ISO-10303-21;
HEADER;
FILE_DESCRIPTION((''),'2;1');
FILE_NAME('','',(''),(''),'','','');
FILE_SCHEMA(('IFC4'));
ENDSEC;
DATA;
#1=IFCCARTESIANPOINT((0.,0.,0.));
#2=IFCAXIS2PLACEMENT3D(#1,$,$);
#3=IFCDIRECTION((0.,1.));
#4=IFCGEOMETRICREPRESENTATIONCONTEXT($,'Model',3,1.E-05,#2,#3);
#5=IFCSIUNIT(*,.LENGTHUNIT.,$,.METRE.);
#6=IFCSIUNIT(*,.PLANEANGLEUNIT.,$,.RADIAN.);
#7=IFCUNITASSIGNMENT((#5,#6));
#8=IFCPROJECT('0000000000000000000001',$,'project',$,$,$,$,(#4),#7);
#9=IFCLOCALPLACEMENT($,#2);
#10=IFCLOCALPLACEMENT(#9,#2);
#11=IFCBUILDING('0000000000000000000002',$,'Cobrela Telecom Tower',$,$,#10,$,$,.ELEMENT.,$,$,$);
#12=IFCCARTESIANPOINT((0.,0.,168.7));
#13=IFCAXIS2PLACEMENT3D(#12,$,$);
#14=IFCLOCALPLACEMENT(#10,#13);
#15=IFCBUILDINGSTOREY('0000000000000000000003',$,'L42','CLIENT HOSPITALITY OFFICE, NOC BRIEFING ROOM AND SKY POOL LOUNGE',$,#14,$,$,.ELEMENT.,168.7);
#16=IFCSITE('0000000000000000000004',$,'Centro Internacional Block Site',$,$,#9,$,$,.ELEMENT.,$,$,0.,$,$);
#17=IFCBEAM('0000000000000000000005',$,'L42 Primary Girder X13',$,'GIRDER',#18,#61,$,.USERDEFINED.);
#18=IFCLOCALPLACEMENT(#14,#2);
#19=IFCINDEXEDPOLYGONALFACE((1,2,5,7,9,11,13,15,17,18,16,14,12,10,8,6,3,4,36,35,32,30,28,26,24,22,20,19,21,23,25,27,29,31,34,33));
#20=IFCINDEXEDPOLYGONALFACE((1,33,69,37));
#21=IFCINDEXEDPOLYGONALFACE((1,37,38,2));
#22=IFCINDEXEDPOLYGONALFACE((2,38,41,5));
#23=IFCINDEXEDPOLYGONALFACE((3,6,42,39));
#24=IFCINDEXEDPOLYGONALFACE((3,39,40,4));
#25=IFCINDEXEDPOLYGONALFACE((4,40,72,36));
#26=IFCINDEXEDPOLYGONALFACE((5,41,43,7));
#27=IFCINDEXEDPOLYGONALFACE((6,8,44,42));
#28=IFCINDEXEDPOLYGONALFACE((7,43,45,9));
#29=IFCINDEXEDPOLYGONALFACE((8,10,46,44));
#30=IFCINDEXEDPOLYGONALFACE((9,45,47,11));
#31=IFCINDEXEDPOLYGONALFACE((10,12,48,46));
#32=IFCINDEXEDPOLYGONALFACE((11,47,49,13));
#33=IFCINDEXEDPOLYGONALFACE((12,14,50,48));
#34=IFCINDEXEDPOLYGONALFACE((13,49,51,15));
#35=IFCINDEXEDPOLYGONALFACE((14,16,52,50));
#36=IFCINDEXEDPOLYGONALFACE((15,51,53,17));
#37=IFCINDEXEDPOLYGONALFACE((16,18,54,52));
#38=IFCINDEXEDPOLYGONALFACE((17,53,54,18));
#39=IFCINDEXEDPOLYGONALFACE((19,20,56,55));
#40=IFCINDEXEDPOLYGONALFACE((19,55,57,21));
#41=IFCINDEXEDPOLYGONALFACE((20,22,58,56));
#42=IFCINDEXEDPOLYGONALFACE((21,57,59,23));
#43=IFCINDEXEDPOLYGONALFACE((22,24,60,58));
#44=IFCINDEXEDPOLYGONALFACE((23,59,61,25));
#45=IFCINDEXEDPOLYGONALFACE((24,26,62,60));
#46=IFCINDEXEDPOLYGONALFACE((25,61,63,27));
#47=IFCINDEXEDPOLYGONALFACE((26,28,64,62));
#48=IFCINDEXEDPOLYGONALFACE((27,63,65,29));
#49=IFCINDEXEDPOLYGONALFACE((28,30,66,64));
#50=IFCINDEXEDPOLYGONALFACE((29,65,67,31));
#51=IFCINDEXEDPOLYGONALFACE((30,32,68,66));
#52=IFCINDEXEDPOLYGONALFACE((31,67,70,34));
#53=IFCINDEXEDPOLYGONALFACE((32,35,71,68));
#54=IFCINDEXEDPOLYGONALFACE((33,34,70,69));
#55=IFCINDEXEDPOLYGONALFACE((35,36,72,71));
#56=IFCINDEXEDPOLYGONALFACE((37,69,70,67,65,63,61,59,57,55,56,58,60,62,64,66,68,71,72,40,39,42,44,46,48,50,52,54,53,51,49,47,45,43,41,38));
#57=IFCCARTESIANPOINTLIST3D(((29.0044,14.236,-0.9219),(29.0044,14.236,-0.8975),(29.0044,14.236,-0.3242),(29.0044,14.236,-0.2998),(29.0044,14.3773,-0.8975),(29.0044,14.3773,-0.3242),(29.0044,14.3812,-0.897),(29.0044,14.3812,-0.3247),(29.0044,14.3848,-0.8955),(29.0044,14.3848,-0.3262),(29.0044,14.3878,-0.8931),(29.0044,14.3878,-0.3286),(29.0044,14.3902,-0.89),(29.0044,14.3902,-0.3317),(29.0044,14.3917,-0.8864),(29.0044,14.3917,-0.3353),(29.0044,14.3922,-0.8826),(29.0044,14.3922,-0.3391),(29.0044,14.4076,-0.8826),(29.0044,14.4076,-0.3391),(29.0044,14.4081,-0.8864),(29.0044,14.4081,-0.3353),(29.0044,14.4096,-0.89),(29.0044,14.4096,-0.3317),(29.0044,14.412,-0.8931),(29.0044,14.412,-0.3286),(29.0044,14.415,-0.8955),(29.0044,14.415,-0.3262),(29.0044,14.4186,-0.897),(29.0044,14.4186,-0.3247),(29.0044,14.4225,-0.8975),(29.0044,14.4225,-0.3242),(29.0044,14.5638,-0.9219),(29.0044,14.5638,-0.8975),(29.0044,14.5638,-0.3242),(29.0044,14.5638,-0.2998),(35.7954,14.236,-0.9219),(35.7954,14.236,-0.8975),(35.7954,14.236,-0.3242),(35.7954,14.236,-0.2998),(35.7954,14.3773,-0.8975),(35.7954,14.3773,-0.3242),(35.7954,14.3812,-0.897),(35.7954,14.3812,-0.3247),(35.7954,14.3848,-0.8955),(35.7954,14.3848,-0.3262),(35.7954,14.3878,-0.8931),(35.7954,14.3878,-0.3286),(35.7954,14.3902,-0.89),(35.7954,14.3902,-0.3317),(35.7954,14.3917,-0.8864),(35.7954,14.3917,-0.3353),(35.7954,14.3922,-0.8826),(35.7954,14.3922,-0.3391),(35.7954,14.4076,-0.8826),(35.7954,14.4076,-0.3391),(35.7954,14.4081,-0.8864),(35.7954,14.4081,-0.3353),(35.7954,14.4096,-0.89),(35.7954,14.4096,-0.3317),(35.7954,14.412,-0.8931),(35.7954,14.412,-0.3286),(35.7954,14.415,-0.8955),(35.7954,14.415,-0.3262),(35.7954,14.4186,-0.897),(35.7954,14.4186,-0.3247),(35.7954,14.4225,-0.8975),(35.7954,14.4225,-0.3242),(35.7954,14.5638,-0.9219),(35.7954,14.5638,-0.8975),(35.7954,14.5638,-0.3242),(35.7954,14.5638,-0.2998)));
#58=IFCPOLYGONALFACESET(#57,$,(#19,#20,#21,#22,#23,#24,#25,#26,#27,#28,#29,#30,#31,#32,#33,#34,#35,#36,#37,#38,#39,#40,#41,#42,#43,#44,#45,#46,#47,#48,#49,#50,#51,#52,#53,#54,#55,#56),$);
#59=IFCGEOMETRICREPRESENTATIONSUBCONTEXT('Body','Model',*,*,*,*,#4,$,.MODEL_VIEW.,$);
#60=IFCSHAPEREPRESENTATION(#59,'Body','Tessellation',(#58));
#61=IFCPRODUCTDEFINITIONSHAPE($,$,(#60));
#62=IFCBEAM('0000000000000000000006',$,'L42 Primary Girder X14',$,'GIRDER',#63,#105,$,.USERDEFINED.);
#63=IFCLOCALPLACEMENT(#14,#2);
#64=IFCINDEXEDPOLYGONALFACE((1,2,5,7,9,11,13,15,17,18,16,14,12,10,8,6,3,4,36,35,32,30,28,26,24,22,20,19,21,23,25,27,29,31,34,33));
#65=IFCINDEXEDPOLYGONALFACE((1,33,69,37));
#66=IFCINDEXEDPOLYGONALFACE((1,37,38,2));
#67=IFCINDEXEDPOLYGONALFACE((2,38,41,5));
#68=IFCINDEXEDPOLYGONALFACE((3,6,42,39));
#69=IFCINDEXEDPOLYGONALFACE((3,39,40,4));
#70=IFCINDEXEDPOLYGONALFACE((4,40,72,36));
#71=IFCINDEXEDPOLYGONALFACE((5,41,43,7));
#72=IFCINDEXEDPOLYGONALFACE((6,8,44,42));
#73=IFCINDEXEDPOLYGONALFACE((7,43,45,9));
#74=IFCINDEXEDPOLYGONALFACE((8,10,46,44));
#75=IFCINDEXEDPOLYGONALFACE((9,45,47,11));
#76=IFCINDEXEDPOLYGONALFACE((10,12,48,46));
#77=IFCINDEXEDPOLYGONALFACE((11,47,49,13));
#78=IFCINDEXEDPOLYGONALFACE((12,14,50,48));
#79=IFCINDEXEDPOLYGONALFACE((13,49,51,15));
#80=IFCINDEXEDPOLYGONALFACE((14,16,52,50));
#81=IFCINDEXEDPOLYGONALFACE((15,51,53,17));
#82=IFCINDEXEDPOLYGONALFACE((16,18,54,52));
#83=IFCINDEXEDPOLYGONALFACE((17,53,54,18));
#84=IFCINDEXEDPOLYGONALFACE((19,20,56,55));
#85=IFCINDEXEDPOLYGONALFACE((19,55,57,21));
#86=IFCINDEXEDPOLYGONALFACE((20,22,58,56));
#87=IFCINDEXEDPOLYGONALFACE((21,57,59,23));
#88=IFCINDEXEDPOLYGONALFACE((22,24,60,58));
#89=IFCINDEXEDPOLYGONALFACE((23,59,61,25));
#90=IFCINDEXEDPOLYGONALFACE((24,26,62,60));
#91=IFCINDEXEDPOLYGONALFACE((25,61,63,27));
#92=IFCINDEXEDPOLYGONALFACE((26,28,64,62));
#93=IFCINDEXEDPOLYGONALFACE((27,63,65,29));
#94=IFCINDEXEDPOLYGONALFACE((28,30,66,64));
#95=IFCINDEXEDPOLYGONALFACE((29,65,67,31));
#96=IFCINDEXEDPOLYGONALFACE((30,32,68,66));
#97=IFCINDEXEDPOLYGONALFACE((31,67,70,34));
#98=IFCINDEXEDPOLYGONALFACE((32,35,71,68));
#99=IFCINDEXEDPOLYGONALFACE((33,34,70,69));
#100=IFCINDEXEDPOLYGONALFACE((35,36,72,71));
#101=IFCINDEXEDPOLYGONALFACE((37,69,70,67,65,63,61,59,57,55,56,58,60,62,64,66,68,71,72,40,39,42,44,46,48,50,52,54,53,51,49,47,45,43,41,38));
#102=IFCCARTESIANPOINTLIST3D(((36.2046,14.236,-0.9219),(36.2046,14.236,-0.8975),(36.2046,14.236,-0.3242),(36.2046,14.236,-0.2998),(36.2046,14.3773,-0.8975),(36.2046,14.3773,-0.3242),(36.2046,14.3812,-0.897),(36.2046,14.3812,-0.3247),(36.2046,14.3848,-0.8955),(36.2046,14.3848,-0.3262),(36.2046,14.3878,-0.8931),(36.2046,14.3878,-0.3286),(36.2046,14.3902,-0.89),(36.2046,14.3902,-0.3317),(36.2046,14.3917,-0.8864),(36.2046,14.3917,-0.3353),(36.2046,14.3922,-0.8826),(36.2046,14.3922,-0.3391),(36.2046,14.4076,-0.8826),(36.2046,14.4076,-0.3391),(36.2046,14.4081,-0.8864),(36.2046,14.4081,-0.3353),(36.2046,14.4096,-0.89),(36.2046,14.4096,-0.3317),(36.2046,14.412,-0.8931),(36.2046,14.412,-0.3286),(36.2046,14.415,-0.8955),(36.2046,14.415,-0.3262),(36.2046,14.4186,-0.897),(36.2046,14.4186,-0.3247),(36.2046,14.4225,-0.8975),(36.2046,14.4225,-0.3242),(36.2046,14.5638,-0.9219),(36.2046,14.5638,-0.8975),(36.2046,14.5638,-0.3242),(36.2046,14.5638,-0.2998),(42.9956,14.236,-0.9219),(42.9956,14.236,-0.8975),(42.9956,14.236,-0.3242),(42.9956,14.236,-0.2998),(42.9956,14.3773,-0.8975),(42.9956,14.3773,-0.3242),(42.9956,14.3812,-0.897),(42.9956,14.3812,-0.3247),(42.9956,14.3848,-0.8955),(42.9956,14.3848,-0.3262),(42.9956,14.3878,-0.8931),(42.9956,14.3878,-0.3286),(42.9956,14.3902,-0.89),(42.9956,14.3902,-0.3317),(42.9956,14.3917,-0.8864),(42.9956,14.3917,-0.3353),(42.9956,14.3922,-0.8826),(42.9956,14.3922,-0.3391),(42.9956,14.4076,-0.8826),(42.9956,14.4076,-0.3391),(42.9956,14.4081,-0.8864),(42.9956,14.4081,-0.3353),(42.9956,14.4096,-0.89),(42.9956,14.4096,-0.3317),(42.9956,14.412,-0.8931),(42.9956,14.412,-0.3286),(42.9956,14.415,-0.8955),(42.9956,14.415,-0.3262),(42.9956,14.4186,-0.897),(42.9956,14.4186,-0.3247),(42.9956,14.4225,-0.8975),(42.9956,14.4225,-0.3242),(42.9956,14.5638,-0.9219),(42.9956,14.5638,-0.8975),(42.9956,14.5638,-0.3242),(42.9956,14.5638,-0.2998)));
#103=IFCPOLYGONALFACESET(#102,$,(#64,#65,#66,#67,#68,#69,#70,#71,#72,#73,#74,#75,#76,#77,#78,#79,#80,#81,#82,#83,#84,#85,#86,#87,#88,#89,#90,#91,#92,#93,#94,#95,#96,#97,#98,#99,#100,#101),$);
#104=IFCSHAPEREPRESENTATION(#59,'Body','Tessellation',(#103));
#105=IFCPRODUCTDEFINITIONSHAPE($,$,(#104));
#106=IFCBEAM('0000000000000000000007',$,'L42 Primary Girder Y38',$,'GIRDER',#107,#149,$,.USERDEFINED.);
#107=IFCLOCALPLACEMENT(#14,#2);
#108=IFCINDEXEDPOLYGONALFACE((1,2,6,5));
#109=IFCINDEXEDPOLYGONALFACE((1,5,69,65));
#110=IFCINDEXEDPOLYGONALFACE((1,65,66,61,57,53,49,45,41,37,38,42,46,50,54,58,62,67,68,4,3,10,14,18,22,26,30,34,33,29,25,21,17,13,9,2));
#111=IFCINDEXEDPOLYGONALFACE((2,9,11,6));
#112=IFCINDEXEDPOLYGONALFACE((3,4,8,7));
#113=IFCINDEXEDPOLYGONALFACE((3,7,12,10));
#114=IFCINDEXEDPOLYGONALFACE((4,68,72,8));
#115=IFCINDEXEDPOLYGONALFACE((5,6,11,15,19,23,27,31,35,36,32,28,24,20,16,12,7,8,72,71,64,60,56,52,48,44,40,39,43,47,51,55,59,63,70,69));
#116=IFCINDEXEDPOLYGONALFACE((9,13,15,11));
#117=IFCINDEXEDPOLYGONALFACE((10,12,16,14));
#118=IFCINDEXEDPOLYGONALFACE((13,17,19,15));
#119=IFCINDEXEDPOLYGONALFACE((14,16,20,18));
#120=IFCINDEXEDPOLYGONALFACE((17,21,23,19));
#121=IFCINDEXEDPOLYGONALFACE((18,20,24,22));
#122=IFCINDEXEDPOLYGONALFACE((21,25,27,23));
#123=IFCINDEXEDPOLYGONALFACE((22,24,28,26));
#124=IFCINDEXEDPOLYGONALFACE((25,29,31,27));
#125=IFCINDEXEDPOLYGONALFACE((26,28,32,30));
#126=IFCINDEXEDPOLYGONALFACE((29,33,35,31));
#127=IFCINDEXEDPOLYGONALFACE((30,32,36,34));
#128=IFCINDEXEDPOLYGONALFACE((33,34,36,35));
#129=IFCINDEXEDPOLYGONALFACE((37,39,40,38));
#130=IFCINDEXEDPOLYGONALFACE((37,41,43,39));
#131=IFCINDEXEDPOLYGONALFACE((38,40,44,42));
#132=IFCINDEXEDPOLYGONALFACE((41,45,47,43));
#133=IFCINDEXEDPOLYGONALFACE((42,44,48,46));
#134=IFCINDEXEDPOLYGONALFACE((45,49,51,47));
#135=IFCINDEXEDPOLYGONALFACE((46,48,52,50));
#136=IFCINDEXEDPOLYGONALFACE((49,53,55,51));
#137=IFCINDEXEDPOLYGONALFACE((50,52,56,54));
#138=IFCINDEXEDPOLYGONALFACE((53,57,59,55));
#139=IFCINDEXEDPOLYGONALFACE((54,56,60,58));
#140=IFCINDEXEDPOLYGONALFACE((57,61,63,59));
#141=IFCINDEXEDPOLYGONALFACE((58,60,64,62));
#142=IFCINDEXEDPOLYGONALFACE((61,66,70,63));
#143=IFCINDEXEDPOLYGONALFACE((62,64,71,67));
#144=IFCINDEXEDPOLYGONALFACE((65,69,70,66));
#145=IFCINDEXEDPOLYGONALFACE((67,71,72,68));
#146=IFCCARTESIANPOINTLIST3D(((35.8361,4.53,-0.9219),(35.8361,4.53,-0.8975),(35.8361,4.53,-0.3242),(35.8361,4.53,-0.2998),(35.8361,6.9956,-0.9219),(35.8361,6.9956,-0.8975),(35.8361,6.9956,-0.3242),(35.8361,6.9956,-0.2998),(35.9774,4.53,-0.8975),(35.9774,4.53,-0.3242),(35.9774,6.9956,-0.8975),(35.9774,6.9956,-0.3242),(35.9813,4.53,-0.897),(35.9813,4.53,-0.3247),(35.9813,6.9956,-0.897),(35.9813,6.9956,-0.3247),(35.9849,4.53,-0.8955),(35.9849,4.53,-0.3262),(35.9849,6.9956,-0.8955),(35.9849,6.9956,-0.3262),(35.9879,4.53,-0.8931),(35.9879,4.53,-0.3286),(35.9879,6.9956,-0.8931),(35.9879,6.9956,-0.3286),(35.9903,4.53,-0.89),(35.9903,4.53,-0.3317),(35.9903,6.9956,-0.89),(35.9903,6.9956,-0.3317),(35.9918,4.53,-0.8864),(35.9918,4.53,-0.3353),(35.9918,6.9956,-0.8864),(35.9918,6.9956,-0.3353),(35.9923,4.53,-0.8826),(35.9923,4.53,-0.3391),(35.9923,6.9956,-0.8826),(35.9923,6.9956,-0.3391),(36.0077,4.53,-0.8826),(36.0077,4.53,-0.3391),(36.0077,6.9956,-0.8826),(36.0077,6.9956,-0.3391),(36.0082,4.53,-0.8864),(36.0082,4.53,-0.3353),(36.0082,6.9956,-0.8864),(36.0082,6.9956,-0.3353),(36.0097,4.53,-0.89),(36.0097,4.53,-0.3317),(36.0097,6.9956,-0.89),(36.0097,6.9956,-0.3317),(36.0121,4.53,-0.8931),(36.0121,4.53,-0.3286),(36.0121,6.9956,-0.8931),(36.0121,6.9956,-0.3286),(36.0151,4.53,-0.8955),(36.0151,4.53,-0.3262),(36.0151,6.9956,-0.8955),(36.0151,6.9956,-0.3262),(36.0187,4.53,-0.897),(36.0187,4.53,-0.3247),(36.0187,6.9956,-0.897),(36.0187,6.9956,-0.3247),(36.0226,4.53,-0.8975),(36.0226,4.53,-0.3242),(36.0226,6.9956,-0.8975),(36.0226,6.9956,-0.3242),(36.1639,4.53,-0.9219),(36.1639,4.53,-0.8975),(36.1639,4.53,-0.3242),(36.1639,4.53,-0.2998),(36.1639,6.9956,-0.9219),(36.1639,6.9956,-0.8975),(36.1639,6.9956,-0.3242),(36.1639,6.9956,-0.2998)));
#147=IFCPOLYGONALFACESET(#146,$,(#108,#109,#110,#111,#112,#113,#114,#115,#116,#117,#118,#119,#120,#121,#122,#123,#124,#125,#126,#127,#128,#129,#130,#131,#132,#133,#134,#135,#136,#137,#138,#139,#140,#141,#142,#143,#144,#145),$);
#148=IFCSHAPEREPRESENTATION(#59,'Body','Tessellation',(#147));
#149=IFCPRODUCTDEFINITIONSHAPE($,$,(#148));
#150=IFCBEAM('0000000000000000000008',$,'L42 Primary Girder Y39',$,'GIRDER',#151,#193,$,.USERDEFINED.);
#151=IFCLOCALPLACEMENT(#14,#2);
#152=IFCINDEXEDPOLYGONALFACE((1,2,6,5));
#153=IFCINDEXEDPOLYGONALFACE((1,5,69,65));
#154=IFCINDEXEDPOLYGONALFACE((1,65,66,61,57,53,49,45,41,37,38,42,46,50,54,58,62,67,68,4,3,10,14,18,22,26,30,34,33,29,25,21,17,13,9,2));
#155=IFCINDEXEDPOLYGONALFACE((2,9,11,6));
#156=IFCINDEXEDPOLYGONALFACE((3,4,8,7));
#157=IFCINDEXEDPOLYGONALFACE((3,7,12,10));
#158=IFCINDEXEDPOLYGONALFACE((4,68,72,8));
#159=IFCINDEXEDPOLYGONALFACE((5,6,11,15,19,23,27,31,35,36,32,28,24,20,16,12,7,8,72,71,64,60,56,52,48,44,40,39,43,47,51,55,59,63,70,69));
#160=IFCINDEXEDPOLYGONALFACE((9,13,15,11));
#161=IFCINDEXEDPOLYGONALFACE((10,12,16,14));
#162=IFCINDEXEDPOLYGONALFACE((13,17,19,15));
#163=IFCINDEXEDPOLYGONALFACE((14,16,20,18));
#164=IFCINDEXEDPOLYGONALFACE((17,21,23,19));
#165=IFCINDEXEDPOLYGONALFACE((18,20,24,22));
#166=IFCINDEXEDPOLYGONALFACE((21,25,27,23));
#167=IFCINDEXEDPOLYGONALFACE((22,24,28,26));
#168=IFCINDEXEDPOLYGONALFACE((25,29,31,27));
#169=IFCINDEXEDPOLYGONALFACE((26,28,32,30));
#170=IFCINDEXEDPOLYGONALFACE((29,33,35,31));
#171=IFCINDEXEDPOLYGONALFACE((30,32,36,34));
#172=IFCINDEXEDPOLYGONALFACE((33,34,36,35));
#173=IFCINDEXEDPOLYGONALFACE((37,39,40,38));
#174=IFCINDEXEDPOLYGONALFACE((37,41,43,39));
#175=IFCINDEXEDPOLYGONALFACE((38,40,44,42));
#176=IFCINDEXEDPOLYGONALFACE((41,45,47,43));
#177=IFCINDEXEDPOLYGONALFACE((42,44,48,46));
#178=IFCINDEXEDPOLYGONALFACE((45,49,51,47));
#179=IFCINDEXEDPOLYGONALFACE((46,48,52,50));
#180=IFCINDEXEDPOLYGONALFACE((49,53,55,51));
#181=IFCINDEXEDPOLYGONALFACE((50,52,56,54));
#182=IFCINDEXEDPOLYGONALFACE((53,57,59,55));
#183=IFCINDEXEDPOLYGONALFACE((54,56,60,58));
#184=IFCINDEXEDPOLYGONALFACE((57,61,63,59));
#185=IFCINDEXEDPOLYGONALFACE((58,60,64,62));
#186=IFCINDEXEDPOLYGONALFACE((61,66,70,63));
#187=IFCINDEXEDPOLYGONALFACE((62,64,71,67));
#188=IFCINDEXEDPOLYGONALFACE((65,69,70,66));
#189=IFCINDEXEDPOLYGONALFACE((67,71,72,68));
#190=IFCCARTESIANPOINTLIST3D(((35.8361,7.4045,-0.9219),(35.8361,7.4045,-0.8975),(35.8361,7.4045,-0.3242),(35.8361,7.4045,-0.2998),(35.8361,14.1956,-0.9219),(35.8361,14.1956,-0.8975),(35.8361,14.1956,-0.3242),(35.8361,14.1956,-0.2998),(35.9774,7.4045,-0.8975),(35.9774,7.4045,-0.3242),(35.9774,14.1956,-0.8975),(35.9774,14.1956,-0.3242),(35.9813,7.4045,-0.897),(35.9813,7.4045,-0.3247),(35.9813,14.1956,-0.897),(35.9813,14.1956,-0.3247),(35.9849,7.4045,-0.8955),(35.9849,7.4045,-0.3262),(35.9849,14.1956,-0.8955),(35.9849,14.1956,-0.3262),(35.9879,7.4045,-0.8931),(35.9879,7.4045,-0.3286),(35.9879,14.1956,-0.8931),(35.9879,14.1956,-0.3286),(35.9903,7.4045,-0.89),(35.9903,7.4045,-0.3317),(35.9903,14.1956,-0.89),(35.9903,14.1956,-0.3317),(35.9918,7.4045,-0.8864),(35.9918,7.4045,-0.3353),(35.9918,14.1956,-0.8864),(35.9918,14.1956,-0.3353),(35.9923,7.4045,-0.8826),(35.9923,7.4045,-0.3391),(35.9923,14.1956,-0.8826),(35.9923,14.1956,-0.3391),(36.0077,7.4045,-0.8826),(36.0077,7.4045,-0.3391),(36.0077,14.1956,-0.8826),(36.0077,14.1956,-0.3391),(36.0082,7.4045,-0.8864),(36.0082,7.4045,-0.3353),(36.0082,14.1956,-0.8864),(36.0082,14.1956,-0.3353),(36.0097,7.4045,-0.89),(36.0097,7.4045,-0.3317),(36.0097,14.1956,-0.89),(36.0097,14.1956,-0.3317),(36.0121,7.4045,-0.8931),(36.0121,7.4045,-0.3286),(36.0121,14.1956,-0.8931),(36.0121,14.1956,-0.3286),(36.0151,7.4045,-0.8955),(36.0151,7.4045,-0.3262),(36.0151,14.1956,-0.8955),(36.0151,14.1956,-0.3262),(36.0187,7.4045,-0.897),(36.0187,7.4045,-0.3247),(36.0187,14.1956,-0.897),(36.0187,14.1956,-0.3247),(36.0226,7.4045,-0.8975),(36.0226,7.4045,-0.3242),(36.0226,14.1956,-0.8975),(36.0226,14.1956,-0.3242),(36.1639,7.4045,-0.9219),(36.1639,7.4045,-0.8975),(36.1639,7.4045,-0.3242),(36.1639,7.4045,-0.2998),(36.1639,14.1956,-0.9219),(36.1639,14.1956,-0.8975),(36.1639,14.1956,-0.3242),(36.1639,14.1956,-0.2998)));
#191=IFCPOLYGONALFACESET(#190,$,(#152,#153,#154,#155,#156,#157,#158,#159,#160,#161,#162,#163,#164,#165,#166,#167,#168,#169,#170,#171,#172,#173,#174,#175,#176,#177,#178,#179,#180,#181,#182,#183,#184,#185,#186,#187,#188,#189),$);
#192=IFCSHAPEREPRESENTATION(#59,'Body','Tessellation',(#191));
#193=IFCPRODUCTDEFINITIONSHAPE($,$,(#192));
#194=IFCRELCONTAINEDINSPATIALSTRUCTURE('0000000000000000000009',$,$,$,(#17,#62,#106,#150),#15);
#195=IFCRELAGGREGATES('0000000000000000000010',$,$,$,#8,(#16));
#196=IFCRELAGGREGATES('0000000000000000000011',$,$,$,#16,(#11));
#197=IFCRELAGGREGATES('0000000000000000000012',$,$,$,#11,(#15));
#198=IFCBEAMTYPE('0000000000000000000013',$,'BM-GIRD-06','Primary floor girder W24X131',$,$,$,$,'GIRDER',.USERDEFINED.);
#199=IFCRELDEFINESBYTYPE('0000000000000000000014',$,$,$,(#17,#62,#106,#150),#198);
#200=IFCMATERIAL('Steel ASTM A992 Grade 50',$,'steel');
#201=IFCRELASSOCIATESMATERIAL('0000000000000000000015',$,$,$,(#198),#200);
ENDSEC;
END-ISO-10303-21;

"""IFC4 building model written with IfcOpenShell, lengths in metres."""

from ifc_helpers import new_model, si_unit, direction, frame, origin, origin_2d, place, context, subcontext, project, spatial, i_section, extrude, material, material_profile, profile_set, type_object, element, save


model = new_model("IFC4")

# Units and contexts
model_context = context("Model", 3, precision=1e-05, world=origin(), true_north=direction((0.0, 1.0)))
body_context = subcontext(model_context, "Body", "Model", "MODEL_VIEW")
ifc_project = project(units=[si_unit("LENGTHUNIT", "METRE"), si_unit("PLANEANGLEUNIT", "RADIAN")], contexts=[model_context])

# Site, building, storey
site_placement = place(None, origin())
site = spatial("IfcSite", under=ifc_project, at=site_placement, Name="Centro Internacional Block Site", CompositionType="ELEMENT", RefElevation=0.0)
building_placement = place(site_placement, origin())
building = spatial("IfcBuilding", under=site, at=building_placement, Name="Cobrela Telecom Tower", CompositionType="ELEMENT")
storey_placement = place(building_placement, frame((0.0, 0.0, 168.7)))
storey = spatial("IfcBuildingStorey", under=building, at=storey_placement, Name="L42", Description="CLIENT HOSPITALITY OFFICE, NOC BRIEFING ROOM AND SKY POOL LOUNGE", CompositionType="ELEMENT", Elevation=168.7)

# Shared definitions
ifc_material_1 = material(Name="Steel ASTM A992 Grade 50", Category="steel")

# Beams
ifc_material_profile_1 = material_profile(ifc_material_1, i_section(OverallWidth=0.3279, OverallDepth=0.6221, WebThickness=0.0154, FlangeThickness=0.0244, FilletRadius=0.0149, at=origin_2d()), Name="W24X131")
ifc_profile_set_1 = profile_set([ifc_material_profile_1], Name="Steel ASTM A992 Grade 50")
beam_type_1 = type_object("IfcBeamType", Name="BM-GIRD-06", Description="Primary floor girder W24X131", ElementType="GIRDER", PredefinedType="USERDEFINED", material=ifc_profile_set_1)
for number, where, z_axis, x_axis, name in (
    (1, (29.0044, 14.3999, -0.6108), (1.0, 0.0, 0.0), (0.0, 1.0, 0.0), "L42 Primary Girder X13"),
    (2, (36.2046, 14.3999, -0.6108), (1.0, 0.0, 0.0), (0.0, 1.0, 0.0), "L42 Primary Girder X14"),
):
    element("IfcBeam", number, at=place(storey_placement, frame(where, z_axis=z_axis, x_axis=x_axis)), inside=storey, type_object=beam_type_1, Name=name, ObjectType="GIRDER", PredefinedType="USERDEFINED", context=body_context, shape_type="SweptSolid", body=[
        extrude(i_section(OverallWidth=0.3279, OverallDepth=0.6221, WebThickness=0.0154, FlangeThickness=0.0244, FilletRadius=0.0149, at=origin_2d()), origin(), (0.0, 0.0, 1.0), 6.791),
    ])
beam_1_placement = place(storey_placement, frame((36.0, 4.53, -0.6108), z_axis=(0.0, 1.0, 0.0), x_axis=(-1.0, 0.0, 0.0)))
element("IfcBeam", 3, at=beam_1_placement, inside=storey, type_object=beam_type_1, Name="L42 Primary Girder Y38", ObjectType="GIRDER", PredefinedType="USERDEFINED", context=body_context, shape_type="SweptSolid", body=[
    extrude(i_section(OverallWidth=0.3279, OverallDepth=0.6221, WebThickness=0.0154, FlangeThickness=0.0244, FilletRadius=0.0149, at=origin_2d()), origin(), (0.0, 0.0, 1.0), 2.4656),
])
beam_2_placement = place(storey_placement, frame((36.0, 7.4045, -0.6108), z_axis=(0.0, 1.0, 0.0), x_axis=(-1.0, 0.0, 0.0)))
element("IfcBeam", 4, at=beam_2_placement, inside=storey, type_object=beam_type_1, Name="L42 Primary Girder Y39", ObjectType="GIRDER", PredefinedType="USERDEFINED", context=body_context, shape_type="SweptSolid", body=[
    extrude(i_section(OverallWidth=0.3279, OverallDepth=0.6221, WebThickness=0.0154, FlangeThickness=0.0244, FilletRadius=0.0149, at=origin_2d()), origin(), (0.0, 0.0, 1.0), 6.791),
])

save(model, "model.ifc")
